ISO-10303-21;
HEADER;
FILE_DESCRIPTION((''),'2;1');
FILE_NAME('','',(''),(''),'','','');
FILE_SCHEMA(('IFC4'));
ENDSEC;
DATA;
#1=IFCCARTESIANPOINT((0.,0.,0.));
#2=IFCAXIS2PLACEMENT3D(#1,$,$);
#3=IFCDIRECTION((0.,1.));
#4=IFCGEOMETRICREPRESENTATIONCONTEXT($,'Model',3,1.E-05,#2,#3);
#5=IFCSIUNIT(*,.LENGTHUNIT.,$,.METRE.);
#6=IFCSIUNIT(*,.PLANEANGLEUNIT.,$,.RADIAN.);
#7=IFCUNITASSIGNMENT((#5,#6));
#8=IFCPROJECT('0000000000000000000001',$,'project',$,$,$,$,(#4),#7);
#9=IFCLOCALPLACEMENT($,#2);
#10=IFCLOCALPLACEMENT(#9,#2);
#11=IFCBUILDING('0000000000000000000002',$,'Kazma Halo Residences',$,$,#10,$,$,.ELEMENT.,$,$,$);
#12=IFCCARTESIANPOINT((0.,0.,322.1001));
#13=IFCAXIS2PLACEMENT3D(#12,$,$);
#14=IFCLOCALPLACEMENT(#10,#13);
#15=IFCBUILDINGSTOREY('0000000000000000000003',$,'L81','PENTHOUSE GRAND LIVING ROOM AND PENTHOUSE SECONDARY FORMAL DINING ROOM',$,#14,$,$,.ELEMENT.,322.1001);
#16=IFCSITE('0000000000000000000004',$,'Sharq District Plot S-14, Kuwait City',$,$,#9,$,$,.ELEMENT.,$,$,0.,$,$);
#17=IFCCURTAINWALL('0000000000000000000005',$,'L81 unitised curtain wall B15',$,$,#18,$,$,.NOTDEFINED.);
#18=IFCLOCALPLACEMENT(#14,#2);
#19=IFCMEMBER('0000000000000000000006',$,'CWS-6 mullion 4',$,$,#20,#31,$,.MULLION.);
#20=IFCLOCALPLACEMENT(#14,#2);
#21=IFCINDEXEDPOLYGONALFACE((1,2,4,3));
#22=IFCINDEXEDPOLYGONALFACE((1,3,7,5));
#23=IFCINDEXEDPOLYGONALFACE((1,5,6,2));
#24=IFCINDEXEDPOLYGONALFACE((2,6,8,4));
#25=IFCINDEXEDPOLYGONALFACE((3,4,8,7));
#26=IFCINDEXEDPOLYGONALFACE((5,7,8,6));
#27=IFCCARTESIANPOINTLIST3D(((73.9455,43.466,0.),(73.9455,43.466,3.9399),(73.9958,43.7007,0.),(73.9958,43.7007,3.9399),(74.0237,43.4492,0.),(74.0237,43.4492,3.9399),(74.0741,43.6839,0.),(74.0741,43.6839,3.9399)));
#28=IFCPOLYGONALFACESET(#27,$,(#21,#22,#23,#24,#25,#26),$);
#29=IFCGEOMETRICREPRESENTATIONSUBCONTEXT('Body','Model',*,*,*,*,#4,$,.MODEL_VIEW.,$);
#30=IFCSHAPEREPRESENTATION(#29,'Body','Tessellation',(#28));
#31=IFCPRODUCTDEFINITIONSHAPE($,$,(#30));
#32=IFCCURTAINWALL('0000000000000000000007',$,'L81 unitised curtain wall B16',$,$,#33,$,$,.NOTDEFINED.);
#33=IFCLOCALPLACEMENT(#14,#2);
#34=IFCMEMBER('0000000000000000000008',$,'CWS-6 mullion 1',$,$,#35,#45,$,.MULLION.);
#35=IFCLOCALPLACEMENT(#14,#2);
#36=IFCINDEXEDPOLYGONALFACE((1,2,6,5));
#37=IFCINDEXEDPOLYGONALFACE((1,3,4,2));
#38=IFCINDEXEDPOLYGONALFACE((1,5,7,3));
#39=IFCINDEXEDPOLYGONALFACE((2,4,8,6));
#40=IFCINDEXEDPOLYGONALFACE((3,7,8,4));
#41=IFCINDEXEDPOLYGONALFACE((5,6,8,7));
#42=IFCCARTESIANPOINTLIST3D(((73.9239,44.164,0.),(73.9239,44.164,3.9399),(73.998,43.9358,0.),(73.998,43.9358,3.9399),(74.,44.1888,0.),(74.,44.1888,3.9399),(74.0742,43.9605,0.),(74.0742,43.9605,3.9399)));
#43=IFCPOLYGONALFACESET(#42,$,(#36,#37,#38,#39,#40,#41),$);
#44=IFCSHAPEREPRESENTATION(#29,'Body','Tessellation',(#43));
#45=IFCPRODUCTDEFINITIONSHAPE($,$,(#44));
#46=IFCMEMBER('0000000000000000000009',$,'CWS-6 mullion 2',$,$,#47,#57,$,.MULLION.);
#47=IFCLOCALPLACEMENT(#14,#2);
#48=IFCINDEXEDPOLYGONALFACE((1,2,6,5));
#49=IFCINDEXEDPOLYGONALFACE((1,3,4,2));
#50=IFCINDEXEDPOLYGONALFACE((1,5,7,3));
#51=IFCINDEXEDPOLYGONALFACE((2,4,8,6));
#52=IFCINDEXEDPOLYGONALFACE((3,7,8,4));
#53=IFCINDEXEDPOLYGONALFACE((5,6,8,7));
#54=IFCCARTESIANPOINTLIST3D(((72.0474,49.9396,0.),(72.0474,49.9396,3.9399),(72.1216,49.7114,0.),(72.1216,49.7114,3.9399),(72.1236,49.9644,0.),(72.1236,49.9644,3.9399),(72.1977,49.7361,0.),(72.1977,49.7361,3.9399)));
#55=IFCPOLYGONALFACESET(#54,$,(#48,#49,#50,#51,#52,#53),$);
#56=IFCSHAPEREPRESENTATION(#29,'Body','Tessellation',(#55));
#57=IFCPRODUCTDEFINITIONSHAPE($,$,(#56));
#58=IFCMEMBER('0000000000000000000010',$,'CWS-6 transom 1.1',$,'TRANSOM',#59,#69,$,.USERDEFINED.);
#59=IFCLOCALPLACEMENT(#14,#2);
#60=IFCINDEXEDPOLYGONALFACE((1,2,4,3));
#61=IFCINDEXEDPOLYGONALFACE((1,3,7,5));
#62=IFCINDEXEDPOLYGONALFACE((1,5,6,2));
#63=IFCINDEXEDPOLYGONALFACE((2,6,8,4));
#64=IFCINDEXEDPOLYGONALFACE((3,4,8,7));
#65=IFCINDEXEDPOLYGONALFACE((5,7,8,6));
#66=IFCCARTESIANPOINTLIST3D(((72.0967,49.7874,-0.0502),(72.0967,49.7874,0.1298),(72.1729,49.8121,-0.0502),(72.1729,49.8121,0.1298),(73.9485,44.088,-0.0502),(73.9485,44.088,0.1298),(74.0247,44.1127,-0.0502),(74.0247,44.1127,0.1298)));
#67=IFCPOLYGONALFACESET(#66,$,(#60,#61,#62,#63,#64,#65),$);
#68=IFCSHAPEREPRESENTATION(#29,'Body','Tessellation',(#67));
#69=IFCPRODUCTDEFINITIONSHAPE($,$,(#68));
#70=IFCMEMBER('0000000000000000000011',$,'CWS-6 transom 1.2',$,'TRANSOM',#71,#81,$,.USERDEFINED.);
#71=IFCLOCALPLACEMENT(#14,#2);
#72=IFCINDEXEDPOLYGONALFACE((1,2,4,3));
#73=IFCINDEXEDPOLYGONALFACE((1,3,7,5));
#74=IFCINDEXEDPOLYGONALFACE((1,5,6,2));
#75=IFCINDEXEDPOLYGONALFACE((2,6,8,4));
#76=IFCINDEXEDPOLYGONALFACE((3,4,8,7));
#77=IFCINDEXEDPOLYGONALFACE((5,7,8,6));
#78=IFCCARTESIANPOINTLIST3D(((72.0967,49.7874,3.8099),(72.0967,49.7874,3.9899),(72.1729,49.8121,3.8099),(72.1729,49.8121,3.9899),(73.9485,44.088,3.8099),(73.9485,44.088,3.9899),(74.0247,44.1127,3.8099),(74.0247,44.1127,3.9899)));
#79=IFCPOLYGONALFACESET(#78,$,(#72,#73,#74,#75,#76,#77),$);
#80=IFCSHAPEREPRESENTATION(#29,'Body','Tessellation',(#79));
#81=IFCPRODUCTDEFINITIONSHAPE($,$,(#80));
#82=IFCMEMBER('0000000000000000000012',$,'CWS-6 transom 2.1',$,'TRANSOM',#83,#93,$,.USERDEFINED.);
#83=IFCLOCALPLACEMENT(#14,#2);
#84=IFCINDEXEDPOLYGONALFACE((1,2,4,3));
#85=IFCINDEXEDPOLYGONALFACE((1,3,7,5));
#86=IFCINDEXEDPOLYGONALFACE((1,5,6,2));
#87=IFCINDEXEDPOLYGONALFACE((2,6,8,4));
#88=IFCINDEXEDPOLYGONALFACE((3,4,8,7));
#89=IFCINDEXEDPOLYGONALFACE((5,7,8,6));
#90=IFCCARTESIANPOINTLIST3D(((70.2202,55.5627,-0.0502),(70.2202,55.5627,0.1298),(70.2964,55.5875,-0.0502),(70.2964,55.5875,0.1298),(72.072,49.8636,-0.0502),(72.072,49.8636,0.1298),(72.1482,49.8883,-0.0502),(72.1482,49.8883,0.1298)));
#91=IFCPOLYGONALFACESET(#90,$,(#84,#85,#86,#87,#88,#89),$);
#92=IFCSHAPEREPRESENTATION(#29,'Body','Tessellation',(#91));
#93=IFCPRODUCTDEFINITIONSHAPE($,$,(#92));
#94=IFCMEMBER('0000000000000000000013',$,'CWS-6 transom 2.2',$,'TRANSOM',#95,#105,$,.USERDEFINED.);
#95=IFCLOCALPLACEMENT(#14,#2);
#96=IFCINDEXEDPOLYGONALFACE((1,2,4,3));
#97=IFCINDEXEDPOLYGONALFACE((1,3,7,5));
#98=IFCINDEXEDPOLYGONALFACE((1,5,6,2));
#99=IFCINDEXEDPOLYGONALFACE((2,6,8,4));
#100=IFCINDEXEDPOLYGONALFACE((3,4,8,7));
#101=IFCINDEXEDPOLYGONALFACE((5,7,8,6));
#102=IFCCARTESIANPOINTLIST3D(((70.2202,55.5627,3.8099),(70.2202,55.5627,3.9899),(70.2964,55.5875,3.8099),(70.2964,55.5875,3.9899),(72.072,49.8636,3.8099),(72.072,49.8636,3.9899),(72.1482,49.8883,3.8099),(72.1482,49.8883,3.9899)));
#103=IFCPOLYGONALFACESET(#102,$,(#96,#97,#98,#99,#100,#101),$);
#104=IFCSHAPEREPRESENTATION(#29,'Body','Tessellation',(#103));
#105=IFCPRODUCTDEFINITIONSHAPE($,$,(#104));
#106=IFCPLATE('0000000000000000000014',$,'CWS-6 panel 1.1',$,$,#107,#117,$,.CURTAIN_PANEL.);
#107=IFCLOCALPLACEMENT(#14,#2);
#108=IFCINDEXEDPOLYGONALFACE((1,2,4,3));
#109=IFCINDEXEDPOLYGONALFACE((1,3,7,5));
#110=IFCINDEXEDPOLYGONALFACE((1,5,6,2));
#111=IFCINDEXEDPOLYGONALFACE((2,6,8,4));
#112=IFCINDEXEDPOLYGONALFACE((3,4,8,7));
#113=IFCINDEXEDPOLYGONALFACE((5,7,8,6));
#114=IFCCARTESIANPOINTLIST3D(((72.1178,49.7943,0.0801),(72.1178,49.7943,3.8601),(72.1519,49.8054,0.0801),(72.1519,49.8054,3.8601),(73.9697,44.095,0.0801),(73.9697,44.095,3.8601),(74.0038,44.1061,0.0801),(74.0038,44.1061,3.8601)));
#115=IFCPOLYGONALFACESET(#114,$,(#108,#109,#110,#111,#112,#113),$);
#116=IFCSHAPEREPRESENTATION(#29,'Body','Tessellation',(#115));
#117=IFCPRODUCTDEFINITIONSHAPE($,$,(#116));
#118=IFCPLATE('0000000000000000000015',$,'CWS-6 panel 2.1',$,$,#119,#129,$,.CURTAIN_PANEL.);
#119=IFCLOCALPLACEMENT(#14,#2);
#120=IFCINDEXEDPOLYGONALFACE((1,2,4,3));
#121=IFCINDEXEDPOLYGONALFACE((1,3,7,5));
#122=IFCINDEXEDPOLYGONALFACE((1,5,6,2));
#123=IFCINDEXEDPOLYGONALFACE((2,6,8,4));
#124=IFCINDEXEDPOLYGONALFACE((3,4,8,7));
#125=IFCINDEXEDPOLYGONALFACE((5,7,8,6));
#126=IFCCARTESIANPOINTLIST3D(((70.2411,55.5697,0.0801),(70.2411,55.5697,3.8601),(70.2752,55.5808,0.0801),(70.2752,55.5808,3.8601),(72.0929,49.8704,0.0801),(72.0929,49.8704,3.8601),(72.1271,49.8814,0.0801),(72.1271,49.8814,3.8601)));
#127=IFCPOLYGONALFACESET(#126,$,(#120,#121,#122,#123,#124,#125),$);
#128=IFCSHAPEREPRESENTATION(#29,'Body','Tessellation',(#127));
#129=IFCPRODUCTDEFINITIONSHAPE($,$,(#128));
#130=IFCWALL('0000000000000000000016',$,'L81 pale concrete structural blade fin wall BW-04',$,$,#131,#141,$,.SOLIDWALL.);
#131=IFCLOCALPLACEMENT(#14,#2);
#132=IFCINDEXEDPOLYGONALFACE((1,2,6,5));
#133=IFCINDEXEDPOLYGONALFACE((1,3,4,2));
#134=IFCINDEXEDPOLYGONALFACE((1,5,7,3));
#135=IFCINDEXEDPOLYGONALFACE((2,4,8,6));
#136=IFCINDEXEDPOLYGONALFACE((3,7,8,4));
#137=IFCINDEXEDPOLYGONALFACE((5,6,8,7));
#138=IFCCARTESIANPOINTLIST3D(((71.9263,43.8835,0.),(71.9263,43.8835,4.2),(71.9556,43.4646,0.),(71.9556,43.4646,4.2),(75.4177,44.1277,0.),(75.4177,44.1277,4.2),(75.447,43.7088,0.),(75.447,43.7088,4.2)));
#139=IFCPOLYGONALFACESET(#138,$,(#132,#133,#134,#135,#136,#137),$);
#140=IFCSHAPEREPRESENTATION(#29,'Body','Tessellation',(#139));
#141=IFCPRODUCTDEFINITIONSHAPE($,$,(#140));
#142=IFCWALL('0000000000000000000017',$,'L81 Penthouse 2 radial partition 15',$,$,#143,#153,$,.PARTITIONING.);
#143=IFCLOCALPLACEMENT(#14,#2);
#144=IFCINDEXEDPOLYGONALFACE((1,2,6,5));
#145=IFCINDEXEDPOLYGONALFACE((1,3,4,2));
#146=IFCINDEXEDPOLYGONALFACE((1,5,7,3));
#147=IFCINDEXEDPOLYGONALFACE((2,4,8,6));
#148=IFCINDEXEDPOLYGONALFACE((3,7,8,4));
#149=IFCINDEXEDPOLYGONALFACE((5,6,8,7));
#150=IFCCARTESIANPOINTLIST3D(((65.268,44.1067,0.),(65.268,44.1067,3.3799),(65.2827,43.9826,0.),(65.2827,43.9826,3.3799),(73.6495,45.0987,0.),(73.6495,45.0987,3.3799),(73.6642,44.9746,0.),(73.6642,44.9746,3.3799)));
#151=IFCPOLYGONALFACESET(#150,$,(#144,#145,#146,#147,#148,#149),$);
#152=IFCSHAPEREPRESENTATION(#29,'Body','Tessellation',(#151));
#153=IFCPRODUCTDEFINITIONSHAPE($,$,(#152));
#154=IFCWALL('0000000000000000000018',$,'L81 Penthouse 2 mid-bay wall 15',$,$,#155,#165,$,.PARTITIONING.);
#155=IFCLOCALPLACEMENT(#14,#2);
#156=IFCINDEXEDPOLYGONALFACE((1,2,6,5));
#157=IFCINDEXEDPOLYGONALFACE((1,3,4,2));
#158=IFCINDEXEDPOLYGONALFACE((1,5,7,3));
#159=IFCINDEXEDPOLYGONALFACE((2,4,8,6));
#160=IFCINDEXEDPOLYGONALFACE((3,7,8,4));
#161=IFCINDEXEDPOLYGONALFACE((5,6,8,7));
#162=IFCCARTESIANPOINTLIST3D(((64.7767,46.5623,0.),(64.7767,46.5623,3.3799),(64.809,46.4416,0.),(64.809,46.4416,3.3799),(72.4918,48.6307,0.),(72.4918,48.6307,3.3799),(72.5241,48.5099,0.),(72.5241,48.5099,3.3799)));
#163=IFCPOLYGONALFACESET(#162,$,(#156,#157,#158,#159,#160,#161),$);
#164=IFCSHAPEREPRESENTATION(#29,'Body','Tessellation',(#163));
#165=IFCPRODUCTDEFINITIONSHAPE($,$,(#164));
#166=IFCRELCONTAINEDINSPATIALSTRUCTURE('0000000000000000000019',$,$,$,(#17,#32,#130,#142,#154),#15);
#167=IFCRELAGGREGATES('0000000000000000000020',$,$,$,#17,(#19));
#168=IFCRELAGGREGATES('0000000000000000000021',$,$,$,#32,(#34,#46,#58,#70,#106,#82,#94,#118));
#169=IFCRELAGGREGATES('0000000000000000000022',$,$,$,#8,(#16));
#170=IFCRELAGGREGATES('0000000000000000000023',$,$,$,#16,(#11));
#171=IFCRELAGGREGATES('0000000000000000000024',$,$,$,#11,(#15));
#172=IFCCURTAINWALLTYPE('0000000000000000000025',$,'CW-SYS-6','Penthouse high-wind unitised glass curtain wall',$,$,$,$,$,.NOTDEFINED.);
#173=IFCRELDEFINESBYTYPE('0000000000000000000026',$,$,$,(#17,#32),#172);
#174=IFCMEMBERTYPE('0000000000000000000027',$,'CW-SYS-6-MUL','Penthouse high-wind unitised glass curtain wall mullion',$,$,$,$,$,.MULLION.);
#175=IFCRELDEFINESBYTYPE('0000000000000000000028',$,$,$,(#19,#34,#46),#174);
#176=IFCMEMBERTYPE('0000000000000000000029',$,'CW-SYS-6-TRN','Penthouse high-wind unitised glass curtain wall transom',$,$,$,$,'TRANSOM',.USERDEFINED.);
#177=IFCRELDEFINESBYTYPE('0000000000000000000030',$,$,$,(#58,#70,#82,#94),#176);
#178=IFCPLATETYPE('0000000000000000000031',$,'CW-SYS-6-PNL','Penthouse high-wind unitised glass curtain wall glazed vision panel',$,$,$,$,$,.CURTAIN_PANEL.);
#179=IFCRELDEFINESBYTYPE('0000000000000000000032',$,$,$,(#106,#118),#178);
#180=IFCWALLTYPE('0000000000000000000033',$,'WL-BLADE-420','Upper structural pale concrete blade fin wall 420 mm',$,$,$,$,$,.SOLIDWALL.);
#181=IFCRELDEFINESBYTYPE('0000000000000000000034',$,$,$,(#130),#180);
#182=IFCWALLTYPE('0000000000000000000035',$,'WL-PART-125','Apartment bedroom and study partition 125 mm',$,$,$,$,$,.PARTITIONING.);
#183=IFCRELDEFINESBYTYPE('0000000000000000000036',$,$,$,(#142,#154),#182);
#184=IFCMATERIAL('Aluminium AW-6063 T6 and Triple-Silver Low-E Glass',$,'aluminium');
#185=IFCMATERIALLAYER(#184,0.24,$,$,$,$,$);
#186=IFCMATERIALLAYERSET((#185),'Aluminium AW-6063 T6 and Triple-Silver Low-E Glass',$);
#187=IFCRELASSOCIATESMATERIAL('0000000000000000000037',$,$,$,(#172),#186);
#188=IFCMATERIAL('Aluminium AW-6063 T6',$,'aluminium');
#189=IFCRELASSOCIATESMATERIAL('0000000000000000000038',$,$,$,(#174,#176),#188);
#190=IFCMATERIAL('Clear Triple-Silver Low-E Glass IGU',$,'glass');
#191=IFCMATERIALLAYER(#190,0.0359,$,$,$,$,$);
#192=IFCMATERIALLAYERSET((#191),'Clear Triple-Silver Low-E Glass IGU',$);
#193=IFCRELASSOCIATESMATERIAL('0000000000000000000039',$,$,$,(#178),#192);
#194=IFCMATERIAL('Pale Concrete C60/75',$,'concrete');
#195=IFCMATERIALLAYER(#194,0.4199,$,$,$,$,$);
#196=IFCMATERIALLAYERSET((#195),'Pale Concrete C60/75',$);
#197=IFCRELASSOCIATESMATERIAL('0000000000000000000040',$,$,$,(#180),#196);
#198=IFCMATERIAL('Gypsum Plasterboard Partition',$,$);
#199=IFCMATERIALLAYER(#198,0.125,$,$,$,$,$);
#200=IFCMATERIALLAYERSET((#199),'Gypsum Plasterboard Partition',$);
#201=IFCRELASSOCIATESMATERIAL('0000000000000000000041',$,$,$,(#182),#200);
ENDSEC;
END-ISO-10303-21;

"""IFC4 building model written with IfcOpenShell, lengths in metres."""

from ifc_helpers import new_model, si_unit, direction, frame, frame_2d, origin, origin_2d, place, context, subcontext, project, spatial, rectangle, extrude, material, layer, layer_set, material_profile, profile_set, type_object, element, aggregate, save


model = new_model("IFC4")

# Units and contexts
model_context = context("Model", 3, precision=1e-05, world=origin(), true_north=direction((0.0, 1.0)))
body_context = subcontext(model_context, "Body", "Model", "MODEL_VIEW")
ifc_project = project(units=[si_unit("LENGTHUNIT", "METRE"), si_unit("PLANEANGLEUNIT", "RADIAN")], contexts=[model_context])

# Site, building, storey
site_placement = place(None, origin())
site = spatial("IfcSite", under=ifc_project, at=site_placement, Name="Sharq District Plot S-14, Kuwait City", CompositionType="ELEMENT", RefElevation=0.0)
building_placement = place(site_placement, origin())
building = spatial("IfcBuilding", under=site, at=building_placement, Name="Kazma Halo Residences", CompositionType="ELEMENT")
storey_placement = place(building_placement, frame((0.0, 0.0, 322.1001)))
storey = spatial("IfcBuildingStorey", under=building, at=storey_placement, Name="L81", Description="PENTHOUSE GRAND LIVING ROOM AND PENTHOUSE SECONDARY FORMAL DINING ROOM", CompositionType="ELEMENT", Elevation=322.1001)

# Curtain wall, member
ifc_material_1 = material(Name="Aluminium AW-6063 T6 and Triple-Silver Low-E Glass", Category="aluminium")
ifc_layer_1 = layer(ifc_material_1, 0.24)
ifc_layer_set_1 = layer_set([ifc_layer_1], Name="Aluminium AW-6063 T6 and Triple-Silver Low-E Glass")
curtain_wall_type = type_object("IfcCurtainWallType", Name="CW-SYS-6", Description="Penthouse high-wind unitised glass curtain wall", PredefinedType="NOTDEFINED", material=ifc_layer_set_1)
curtain_wall_1_placement = place(storey_placement, origin())
curtain_wall_1 = element("IfcCurtainWall", 1, at=curtain_wall_1_placement, inside=storey, type_object=curtain_wall_type, Name="L81 unitised curtain wall B15", PredefinedType="NOTDEFINED")
ifc_material_2 = material(Name="Aluminium AW-6063 T6", Category="aluminium")
ifc_material_profile_1 = material_profile(ifc_material_2, rectangle(XDim=0.0801, YDim=0.24, at=origin_2d()), Name="CWM-80x240")
ifc_profile_set_1 = profile_set([ifc_material_profile_1], Name="Aluminium AW-6063 T6")
member_type_1 = type_object("IfcMemberType", Name="CW-SYS-6-MUL", Description="Penthouse high-wind unitised glass curtain wall mullion", PredefinedType="MULLION", material=ifc_profile_set_1)
member_1_placement = place(storey_placement, frame((74.0098, 43.575, 0.0), z_axis=(0.0, 0.0, 1.0), x_axis=(-0.977761, 0.209723, 0.0)))
member_1 = element("IfcMember", 2, at=member_1_placement, type_object=member_type_1, Name="CWS-6 mullion 4", PredefinedType="MULLION", context=body_context, shape_type="SweptSolid", body=[
    extrude(rectangle(XDim=0.0801, YDim=0.24, at=origin_2d()), origin(), (0.0, 0.0, 1.0), 3.9399),
])
aggregate(curtain_wall_1, [member_1])

# Curtain wall, members, plates
curtain_wall_2_placement = place(storey_placement, origin())
curtain_wall_2 = element("IfcCurtainWall", 3, at=curtain_wall_2_placement, inside=storey, type_object=curtain_wall_type, Name="L81 unitised curtain wall B16", PredefinedType="NOTDEFINED")
member_2_placement = place(storey_placement, frame((73.999, 44.0623, 0.0), z_axis=(0.0, 0.0, 1.0), x_axis=(-0.951056, -0.309019, 0.0)))
member_2 = element("IfcMember", 4, at=member_2_placement, type_object=member_type_1, Name="CWS-6 mullion 1", PredefinedType="MULLION", context=body_context, shape_type="SweptSolid", body=[
    extrude(rectangle(XDim=0.0801, YDim=0.24, at=origin_2d()), origin(), (0.0, 0.0, 1.0), 3.9399),
])
member_3_placement = place(storey_placement, frame((72.1226, 49.8379, 0.0), z_axis=(0.0, 0.0, 1.0), x_axis=(-0.951056, -0.309019, 0.0)))
member_3 = element("IfcMember", 5, at=member_3_placement, type_object=member_type_1, Name="CWS-6 mullion 2", PredefinedType="MULLION", context=body_context, shape_type="SweptSolid", body=[
    extrude(rectangle(XDim=0.0801, YDim=0.24, at=origin_2d()), origin(), (0.0, 0.0, 1.0), 3.9399),
])
ifc_material_profile_2 = material_profile(ifc_material_2, rectangle(XDim=0.0801, YDim=0.1799, at=origin_2d()), Name="CWT-80x180")
ifc_profile_set_2 = profile_set([ifc_material_profile_2], Name="Aluminium AW-6063 T6")
member_type_2 = type_object("IfcMemberType", Name="CW-SYS-6-TRN", Description="Penthouse high-wind unitised glass curtain wall transom", ElementType="TRANSOM", PredefinedType="USERDEFINED", material=ifc_profile_set_2)
member_4_placement = place(storey_placement, frame((73.9866, 44.1003, 0.0398), z_axis=(-0.309008, 0.95106, 0.0), x_axis=(-0.95106, -0.309008, 0.0)))
member_4 = element("IfcMember", 6, at=member_4_placement, type_object=member_type_2, Name="CWS-6 transom 1.1", ObjectType="TRANSOM", PredefinedType="USERDEFINED", context=body_context, shape_type="SweptSolid", body=[
    extrude(rectangle(XDim=0.0801, YDim=0.1799, at=origin_2d()), origin(), (0.0, 0.0, 1.0), 5.9927),
])
member_5_placement = place(storey_placement, frame((73.9866, 44.1003, 3.8999), z_axis=(-0.309008, 0.95106, 0.0), x_axis=(-0.95106, -0.309008, 0.0)))
member_5 = element("IfcMember", 7, at=member_5_placement, type_object=member_type_2, Name="CWS-6 transom 1.2", ObjectType="TRANSOM", PredefinedType="USERDEFINED", context=body_context, shape_type="SweptSolid", body=[
    extrude(rectangle(XDim=0.0801, YDim=0.1799, at=origin_2d()), origin(), (0.0, 0.0, 1.0), 5.9927),
])
member_6_placement = place(storey_placement, frame((72.1101, 49.876, 0.0398), z_axis=(-0.30902, 0.951056, 0.0), x_axis=(-0.951056, -0.30902, 0.0)))
member_6 = element("IfcMember", 8, at=member_6_placement, type_object=member_type_2, Name="CWS-6 transom 2.1", ObjectType="TRANSOM", PredefinedType="USERDEFINED", context=body_context, shape_type="SweptSolid", body=[
    extrude(rectangle(XDim=0.0801, YDim=0.1799, at=origin_2d()), origin(), (0.0, 0.0, 1.0), 5.9924),
])
member_7_placement = place(storey_placement, frame((72.1101, 49.876, 3.8999), z_axis=(-0.30902, 0.951056, 0.0), x_axis=(-0.951056, -0.30902, 0.0)))
member_7 = element("IfcMember", 9, at=member_7_placement, type_object=member_type_2, Name="CWS-6 transom 2.2", ObjectType="TRANSOM", PredefinedType="USERDEFINED", context=body_context, shape_type="SweptSolid", body=[
    extrude(rectangle(XDim=0.0801, YDim=0.1799, at=origin_2d()), origin(), (0.0, 0.0, 1.0), 5.9924),
])
ifc_material_3 = material(Name="Clear Triple-Silver Low-E Glass IGU", Category="glass")
ifc_layer_2 = layer(ifc_material_3, 0.0359)
ifc_layer_set_2 = layer_set([ifc_layer_2], Name="Clear Triple-Silver Low-E Glass IGU")
plate_type = type_object("IfcPlateType", Name="CW-SYS-6-PNL", Description="Penthouse high-wind unitised glass curtain wall glazed vision panel", PredefinedType="CURTAIN_PANEL", material=ifc_layer_set_2)
plate_1_placement = place(storey_placement, frame((73.0608, 46.9502, 0.0801), z_axis=(0.0, 0.0, 1.0), x_axis=(-0.309019, 0.951056, 0.0)))
plate_1 = element("IfcPlate", 10, at=plate_1_placement, type_object=plate_type, Name="CWS-6 panel 1.1", PredefinedType="CURTAIN_PANEL", context=body_context, shape_type="SweptSolid", body=[
    extrude(rectangle(XDim=5.9927, YDim=0.0359, at=origin_2d()), origin(), (0.0, 0.0, 1.0), 3.78),
])
plate_2_placement = place(storey_placement, frame((71.1841, 52.7256, 0.0801), z_axis=(0.0, 0.0, 1.0), x_axis=(-0.309019, 0.951056, 0.0)))
plate_2 = element("IfcPlate", 11, at=plate_2_placement, type_object=plate_type, Name="CWS-6 panel 2.1", PredefinedType="CURTAIN_PANEL", context=body_context, shape_type="SweptSolid", body=[
    extrude(rectangle(XDim=5.9927, YDim=0.0359, at=origin_2d()), origin(), (0.0, 0.0, 1.0), 3.78),
])
aggregate(curtain_wall_2, [member_2, member_3, member_4, member_5, plate_1, member_6, member_7, plate_2])

# Walls
ifc_material_4 = material(Name="Pale Concrete C60/75", Category="concrete")
ifc_layer_3 = layer(ifc_material_4, 0.4199)
ifc_layer_set_3 = layer_set([ifc_layer_3], Name="Pale Concrete C60/75")
wall_type_1 = type_object("IfcWallType", Name="WL-BLADE-420", Description="Upper structural pale concrete blade fin wall 420 mm", PredefinedType="SOLIDWALL", material=ifc_layer_set_3)
wall_1_placement = place(storey_placement, frame((71.9409, 43.6741, 0.0), z_axis=(0.0, 0.0, 1.0), x_axis=(0.997564, 0.069755, 0.0)))
element("IfcWall", 12, at=wall_1_placement, inside=storey, type_object=wall_type_1, Name="L81 pale concrete structural blade fin wall BW-04", PredefinedType="SOLIDWALL", context=body_context, shape_type="SweptSolid", body=[
    extrude(rectangle(XDim=3.5, YDim=0.4199, at=frame_2d((1.75, 0.0))), origin(), (0.0, 0.0, 1.0), 4.2),
])
ifc_material_5 = material(Name="Gypsum Plasterboard Partition")
ifc_layer_4 = layer(ifc_material_5, 0.125)
ifc_layer_set_4 = layer_set([ifc_layer_4], Name="Gypsum Plasterboard Partition")
wall_type_2 = type_object("IfcWallType", Name="WL-PART-125", Description="Apartment bedroom and study partition 125 mm", PredefinedType="PARTITIONING", material=ifc_layer_set_4)
wall_2_placement = place(storey_placement, frame((65.2754, 44.0447, 0.0), z_axis=(0.0, 0.0, 1.0), x_axis=(0.993069, 0.117531, 0.0)))
element("IfcWall", 13, at=wall_2_placement, inside=storey, type_object=wall_type_2, Name="L81 Penthouse 2 radial partition 15", PredefinedType="PARTITIONING", context=body_context, shape_type="SweptSolid", body=[
    extrude(rectangle(XDim=8.4399, YDim=0.125, at=frame_2d((4.22, 0.0))), origin(), (0.0, 0.0, 1.0), 3.3799),
])
wall_3_placement = place(storey_placement, frame((64.793, 46.502, 0.0), z_axis=(0.0, 0.0, 1.0), x_axis=(0.965891, 0.258948, 0.0)))
element("IfcWall", 14, at=wall_3_placement, inside=storey, type_object=wall_type_2, Name="L81 Penthouse 2 mid-bay wall 15", PredefinedType="PARTITIONING", context=body_context, shape_type="SweptSolid", body=[
    extrude(rectangle(XDim=7.9875, YDim=0.125, at=frame_2d((3.9937, 0.0))), origin(), (0.0, 0.0, 1.0), 3.3799),
])

save(model, "model.ifc")
